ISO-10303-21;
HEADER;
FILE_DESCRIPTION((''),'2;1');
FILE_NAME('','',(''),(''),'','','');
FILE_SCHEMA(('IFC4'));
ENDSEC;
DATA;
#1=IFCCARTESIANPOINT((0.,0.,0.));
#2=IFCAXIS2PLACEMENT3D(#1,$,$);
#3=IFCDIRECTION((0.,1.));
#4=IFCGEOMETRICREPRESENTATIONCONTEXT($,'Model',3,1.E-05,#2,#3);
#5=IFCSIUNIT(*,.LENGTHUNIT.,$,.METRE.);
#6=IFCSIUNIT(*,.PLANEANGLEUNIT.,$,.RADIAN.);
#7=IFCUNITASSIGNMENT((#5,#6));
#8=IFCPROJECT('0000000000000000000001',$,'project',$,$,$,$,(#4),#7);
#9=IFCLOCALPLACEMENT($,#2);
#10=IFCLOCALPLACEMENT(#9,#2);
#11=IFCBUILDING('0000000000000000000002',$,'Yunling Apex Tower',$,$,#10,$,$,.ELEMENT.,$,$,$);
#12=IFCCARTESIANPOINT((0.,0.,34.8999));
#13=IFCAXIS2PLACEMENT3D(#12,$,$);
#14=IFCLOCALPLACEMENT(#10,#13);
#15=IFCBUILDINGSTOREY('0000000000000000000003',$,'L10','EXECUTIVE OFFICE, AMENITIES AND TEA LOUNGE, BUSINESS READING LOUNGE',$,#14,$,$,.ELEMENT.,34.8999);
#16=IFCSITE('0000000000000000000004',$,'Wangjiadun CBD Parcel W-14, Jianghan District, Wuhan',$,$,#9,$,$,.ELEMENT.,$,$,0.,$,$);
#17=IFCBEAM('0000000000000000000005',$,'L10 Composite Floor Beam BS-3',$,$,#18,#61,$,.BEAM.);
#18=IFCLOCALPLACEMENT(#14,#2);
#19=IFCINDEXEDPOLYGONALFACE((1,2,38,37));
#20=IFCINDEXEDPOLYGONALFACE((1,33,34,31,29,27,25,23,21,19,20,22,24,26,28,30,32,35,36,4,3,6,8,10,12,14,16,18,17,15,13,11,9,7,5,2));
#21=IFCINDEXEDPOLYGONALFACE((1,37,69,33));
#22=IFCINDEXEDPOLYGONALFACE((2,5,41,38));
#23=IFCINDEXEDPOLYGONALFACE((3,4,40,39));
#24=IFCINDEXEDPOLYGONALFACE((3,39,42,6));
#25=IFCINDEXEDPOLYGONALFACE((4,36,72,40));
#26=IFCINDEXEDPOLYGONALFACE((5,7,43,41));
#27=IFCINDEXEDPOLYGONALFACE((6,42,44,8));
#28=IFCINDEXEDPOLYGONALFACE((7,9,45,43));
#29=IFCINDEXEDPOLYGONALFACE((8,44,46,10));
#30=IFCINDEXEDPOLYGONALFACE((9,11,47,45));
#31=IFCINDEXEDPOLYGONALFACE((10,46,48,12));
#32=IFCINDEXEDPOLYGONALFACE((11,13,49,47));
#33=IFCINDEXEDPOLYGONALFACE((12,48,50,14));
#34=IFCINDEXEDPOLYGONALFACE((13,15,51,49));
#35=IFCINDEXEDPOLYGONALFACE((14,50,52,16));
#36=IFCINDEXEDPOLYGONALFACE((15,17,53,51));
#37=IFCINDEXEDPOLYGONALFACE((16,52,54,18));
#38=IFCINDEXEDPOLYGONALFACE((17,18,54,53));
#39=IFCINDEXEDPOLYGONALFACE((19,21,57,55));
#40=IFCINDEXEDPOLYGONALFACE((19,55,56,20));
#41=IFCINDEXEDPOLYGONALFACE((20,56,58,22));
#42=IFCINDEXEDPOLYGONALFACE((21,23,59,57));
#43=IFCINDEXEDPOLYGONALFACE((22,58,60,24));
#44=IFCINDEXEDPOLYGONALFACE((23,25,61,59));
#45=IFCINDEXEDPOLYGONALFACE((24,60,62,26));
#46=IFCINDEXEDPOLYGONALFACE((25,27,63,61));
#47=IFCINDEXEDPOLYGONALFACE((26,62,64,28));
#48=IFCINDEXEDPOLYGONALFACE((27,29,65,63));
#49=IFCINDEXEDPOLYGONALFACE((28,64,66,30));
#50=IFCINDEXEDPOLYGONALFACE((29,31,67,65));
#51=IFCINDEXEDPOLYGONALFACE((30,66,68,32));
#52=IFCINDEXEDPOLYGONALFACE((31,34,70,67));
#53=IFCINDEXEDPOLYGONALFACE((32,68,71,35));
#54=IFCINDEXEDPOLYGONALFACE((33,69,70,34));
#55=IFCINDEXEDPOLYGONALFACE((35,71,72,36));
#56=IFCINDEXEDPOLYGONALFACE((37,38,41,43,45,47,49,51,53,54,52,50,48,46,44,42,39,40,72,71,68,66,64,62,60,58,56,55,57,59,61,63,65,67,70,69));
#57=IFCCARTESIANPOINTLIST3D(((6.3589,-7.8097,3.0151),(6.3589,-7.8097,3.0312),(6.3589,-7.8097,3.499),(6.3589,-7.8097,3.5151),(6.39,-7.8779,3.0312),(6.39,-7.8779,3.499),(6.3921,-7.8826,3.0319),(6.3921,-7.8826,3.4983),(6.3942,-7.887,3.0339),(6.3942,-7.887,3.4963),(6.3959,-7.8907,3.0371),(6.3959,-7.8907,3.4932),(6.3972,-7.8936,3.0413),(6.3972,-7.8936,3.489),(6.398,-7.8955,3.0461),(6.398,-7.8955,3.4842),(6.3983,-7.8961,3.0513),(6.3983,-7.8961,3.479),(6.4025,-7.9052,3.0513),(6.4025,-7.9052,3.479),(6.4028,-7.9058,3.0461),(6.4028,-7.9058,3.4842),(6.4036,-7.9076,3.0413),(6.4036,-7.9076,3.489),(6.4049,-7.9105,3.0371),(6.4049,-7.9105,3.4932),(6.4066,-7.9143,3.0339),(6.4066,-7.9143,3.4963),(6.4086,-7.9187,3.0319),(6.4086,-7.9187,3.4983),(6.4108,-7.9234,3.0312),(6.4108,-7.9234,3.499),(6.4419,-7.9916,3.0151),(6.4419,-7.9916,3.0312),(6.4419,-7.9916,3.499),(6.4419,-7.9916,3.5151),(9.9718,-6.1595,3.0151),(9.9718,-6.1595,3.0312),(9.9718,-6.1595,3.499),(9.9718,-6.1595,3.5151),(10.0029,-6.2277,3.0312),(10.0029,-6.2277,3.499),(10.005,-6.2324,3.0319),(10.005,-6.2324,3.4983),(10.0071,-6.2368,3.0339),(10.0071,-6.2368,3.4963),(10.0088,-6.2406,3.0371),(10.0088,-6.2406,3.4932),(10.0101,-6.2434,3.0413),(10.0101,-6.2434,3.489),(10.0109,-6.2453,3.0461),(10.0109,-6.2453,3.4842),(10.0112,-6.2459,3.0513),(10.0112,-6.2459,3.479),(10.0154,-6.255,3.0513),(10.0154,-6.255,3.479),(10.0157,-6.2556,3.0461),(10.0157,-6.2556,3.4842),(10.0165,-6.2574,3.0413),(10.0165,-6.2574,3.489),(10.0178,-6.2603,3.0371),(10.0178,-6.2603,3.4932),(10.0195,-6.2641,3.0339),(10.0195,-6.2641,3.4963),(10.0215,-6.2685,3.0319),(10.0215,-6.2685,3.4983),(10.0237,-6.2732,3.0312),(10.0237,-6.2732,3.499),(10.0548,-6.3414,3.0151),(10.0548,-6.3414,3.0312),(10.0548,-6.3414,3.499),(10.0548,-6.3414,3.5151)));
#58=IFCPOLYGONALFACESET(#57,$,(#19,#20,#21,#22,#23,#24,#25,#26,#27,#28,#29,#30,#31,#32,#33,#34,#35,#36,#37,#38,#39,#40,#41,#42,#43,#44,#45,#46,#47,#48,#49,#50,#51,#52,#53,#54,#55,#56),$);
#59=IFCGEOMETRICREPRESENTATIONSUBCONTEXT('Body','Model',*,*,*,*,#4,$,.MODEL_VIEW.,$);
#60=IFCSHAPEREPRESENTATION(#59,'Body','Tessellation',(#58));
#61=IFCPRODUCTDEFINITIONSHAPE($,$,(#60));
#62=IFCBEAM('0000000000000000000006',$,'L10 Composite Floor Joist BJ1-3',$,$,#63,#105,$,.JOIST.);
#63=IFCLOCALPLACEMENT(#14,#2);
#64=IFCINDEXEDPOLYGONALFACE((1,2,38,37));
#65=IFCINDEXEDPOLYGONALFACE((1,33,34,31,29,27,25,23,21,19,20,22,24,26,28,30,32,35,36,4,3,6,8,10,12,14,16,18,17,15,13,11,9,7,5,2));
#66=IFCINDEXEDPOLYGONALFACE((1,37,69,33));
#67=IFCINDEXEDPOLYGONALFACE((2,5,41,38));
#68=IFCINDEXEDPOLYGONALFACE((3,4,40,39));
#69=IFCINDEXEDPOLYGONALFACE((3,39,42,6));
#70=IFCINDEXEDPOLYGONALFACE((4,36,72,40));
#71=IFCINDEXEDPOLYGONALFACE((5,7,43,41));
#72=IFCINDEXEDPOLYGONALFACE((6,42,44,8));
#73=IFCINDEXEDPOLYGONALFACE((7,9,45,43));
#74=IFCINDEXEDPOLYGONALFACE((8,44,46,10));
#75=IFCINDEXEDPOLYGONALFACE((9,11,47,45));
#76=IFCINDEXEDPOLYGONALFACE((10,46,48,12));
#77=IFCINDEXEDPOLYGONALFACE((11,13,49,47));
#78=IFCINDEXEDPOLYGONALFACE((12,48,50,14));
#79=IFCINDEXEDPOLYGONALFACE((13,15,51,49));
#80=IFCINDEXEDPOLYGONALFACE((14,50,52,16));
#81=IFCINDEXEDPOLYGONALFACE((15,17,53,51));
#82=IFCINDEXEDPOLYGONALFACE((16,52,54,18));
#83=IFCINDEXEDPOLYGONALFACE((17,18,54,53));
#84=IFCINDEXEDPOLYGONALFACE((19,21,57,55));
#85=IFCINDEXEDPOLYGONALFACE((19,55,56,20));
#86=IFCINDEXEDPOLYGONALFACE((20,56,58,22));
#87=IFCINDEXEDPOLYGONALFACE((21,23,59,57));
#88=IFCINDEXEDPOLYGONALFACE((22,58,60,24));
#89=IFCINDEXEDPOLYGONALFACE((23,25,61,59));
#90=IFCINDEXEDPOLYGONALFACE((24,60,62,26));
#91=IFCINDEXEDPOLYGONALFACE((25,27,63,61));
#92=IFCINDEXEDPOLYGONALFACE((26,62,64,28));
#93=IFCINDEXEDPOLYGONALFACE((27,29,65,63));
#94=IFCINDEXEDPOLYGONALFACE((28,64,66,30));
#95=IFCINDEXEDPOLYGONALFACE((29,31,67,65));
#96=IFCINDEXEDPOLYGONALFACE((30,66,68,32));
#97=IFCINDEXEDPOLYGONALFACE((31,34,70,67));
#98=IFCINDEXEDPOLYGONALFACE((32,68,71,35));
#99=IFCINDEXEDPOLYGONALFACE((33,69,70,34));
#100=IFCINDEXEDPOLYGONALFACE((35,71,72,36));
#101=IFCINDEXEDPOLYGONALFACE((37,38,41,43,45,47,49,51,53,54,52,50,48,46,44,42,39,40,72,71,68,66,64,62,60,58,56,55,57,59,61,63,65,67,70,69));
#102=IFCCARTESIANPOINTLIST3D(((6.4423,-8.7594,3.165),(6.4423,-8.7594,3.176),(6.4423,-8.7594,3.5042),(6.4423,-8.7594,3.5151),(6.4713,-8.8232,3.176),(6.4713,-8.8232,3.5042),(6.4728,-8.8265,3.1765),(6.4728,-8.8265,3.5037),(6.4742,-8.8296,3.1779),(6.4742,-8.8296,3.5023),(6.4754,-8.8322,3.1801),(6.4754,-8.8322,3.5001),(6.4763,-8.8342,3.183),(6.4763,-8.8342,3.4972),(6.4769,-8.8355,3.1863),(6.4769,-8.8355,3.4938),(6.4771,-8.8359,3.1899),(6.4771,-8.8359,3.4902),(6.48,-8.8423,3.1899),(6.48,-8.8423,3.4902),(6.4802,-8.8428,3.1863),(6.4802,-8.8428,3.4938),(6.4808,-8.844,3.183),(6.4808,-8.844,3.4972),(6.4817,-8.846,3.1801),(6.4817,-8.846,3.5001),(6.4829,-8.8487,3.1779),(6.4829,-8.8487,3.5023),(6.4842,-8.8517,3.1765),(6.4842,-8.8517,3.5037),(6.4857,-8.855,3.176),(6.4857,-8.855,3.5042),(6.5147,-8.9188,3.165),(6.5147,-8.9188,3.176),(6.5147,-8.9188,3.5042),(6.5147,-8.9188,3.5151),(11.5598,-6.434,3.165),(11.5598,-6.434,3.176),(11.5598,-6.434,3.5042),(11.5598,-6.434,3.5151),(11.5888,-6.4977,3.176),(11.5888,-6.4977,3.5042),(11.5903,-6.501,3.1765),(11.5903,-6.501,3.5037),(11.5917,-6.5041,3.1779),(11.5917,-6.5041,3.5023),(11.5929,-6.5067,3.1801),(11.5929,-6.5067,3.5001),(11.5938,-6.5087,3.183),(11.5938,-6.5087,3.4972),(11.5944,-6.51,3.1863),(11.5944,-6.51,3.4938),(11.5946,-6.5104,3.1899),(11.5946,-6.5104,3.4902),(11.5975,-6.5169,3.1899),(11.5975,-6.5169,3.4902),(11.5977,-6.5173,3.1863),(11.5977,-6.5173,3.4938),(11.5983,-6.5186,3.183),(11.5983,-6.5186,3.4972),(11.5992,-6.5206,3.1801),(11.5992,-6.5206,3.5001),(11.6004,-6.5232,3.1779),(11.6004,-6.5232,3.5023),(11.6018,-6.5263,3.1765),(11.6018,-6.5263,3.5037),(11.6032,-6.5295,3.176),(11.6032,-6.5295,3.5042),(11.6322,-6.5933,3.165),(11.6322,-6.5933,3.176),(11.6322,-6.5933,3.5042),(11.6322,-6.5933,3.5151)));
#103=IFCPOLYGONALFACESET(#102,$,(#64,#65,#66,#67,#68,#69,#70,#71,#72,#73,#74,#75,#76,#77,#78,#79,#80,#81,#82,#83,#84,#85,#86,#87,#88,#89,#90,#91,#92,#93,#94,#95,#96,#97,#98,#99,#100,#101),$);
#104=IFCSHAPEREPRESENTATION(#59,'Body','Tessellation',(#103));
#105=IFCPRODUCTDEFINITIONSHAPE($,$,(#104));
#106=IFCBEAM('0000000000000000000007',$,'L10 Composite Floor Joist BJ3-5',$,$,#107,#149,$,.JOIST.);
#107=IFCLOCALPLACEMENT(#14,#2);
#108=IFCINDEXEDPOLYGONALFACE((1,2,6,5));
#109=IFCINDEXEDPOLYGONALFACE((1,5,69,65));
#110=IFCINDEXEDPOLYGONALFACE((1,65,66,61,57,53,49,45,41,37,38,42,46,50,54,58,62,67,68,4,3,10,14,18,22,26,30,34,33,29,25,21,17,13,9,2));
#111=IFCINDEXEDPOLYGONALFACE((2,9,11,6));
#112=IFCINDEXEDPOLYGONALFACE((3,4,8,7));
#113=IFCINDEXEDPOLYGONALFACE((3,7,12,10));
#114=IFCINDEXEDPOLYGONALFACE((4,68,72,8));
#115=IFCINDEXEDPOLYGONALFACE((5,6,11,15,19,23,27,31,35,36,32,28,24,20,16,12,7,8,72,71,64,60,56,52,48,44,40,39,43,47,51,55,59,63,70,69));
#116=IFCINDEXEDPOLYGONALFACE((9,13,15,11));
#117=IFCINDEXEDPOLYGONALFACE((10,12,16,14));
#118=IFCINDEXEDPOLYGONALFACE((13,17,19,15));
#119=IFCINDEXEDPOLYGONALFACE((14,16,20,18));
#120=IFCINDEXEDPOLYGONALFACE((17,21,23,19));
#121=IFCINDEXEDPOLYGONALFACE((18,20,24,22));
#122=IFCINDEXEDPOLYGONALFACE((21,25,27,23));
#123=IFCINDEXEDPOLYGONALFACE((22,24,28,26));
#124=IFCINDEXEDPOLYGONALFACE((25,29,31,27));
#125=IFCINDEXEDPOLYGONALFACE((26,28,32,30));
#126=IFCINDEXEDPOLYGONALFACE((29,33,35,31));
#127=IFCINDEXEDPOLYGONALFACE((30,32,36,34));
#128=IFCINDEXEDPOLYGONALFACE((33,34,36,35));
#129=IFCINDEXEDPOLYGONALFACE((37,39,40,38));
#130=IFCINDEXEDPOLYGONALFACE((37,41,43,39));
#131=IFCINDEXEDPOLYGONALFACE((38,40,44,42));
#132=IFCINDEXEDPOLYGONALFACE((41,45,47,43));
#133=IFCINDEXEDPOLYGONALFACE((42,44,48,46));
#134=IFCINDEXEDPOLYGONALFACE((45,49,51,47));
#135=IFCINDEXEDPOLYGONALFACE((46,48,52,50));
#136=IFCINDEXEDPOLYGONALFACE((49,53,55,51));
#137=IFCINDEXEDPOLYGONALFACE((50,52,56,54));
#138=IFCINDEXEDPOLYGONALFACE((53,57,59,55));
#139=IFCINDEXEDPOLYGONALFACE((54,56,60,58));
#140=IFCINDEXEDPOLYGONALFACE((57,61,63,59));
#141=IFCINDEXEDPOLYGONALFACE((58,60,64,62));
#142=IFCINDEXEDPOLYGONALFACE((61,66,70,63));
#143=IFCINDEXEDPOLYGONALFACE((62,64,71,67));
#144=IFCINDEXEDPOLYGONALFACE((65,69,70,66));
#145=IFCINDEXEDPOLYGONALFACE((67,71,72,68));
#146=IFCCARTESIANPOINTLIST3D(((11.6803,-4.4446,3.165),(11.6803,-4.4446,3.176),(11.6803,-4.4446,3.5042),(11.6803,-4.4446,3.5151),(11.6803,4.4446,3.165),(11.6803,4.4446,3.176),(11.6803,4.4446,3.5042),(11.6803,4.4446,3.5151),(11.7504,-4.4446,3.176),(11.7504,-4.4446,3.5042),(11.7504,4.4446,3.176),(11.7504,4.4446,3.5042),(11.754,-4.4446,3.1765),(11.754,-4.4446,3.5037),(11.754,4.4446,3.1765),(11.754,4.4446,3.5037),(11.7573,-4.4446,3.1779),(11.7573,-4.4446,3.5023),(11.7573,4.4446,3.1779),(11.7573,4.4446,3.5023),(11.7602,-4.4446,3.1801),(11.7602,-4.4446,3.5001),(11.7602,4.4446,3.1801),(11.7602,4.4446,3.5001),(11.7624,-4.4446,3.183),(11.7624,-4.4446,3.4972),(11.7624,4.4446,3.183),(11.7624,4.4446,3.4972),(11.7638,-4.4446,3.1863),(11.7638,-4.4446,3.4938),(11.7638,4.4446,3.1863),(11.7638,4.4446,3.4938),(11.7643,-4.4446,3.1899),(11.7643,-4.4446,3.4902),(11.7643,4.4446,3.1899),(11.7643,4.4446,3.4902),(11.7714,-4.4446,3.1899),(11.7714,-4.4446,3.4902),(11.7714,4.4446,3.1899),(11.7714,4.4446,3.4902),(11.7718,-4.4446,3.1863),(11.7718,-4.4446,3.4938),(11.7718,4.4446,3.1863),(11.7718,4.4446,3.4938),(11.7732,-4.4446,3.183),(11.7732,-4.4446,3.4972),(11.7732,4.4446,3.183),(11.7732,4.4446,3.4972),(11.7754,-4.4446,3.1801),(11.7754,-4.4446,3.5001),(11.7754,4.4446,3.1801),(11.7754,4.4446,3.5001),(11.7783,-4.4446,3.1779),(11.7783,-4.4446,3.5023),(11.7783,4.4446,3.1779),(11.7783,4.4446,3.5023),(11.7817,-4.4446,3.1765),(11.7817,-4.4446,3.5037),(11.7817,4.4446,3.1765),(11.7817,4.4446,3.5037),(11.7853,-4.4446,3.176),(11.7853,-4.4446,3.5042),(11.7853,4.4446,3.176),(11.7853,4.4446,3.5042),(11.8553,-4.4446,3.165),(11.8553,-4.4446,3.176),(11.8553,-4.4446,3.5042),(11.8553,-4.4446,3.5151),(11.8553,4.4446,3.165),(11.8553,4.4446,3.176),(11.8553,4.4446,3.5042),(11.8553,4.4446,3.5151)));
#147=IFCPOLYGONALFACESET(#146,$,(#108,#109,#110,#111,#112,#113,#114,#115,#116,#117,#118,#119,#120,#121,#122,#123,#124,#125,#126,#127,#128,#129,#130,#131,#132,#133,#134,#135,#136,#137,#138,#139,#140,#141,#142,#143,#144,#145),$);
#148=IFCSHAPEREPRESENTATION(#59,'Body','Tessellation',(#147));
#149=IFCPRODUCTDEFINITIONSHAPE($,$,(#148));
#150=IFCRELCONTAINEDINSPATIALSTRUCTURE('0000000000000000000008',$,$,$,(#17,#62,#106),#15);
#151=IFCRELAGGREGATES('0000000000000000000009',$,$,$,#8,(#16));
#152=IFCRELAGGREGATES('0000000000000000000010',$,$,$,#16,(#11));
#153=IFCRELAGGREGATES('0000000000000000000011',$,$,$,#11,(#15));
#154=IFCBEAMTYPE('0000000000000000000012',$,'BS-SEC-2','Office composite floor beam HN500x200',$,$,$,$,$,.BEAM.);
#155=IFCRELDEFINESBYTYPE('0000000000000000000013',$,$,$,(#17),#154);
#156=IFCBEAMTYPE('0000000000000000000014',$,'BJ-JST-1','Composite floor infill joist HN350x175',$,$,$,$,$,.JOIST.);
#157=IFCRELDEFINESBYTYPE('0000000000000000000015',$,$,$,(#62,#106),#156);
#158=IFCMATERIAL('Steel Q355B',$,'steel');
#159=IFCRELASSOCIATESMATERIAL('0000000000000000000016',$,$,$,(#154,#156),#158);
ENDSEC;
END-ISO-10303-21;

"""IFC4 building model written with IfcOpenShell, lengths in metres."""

from ifc_helpers import new_model, si_unit, direction, frame, origin, origin_2d, place, context, subcontext, project, spatial, i_section, extrude, source, transform, mapped, material, material_profile, profile_set, type_object, element, save


model = new_model("IFC4")

# Units and contexts
model_context = context("Model", 3, precision=1e-05, world=origin(), true_north=direction((0.0, 1.0)))
body_context = subcontext(model_context, "Body", "Model", "MODEL_VIEW")
ifc_project = project(units=[si_unit("LENGTHUNIT", "METRE"), si_unit("PLANEANGLEUNIT", "RADIAN")], contexts=[model_context])

# Site, building, storey
site_placement = place(None, origin())
site = spatial("IfcSite", under=ifc_project, at=site_placement, Name="Wangjiadun CBD Parcel W-14, Jianghan District, Wuhan", CompositionType="ELEMENT", RefElevation=0.0)
building_placement = place(site_placement, origin())
building = spatial("IfcBuilding", under=site, at=building_placement, Name="Yunling Apex Tower", CompositionType="ELEMENT")
storey_placement = place(building_placement, frame((0.0, 0.0, 34.8999)))
storey = spatial("IfcBuildingStorey", under=building, at=storey_placement, Name="L10", Description="EXECUTIVE OFFICE, AMENITIES AND TEA LOUNGE, BUSINESS READING LOUNGE", CompositionType="ELEMENT", Elevation=34.8999)

# Beams
ifc_material_1 = material(Name="Steel Q355B", Category="steel")
ifc_material_profile_1 = material_profile(ifc_material_1, i_section(OverallWidth=0.2, OverallDepth=0.5, WebThickness=0.01, FlangeThickness=0.0161, FilletRadius=0.02, at=origin_2d()))
ifc_profile_set_1 = profile_set([ifc_material_profile_1], Name="Steel Q355B")
beam_type_1 = type_object("IfcBeamType", Name="BS-SEC-2", Description="Office composite floor beam HN500x200", PredefinedType="BEAM", material=ifc_profile_set_1)
shared_shape_1 = source(origin(), body_context, "Body", "SweptSolid", [
    extrude(i_section(OverallWidth=0.2, OverallDepth=0.5, WebThickness=0.01, FlangeThickness=0.0161, FilletRadius=0.02, at=origin_2d()), origin(), (0.0, 0.0, 1.0), 3.9719),
])
beam_1_placement = place(storey_placement, frame((6.4004, -7.9006, 3.2651), z_axis=(0.909609, 0.415465, 0.0), x_axis=(-0.415465, 0.909609, 0.0)))
element("IfcBeam", 1, at=beam_1_placement, inside=storey, type_object=beam_type_1, Name="L10 Composite Floor Beam BS-3", PredefinedType="BEAM", context=body_context, shape_type="MappedRepresentation", body=[
    mapped(shared_shape_1, transform((0.0, 0.0, 0.0), scale=1.0)),
])
ifc_material_profile_2 = material_profile(ifc_material_1, i_section(OverallWidth=0.175, OverallDepth=0.3501, WebThickness=0.0071, FlangeThickness=0.011, FilletRadius=0.0139, at=origin_2d()))
ifc_profile_set_2 = profile_set([ifc_material_profile_2], Name="Steel Q355B")
beam_type_2 = type_object("IfcBeamType", Name="BJ-JST-1", Description="Composite floor infill joist HN350x175", PredefinedType="JOIST", material=ifc_profile_set_2)
shared_shape_2 = source(origin(), body_context, "Body", "SweptSolid", [
    extrude(i_section(OverallWidth=0.175, OverallDepth=0.3501, WebThickness=0.0071, FlangeThickness=0.011, FilletRadius=0.0139, at=origin_2d()), origin(), (0.0, 0.0, 1.0), 5.6211),
])
beam_2_placement = place(storey_placement, frame((6.4785, -8.8391, 3.3401), z_axis=(0.910411, 0.413705, 0.0), x_axis=(-0.413705, 0.910411, 0.0)))
element("IfcBeam", 2, at=beam_2_placement, inside=storey, type_object=beam_type_2, Name="L10 Composite Floor Joist BJ1-3", PredefinedType="JOIST", context=body_context, shape_type="MappedRepresentation", body=[
    mapped(shared_shape_2, transform((0.0, 0.0, 0.0), scale=1.0)),
])
shared_shape_3 = source(origin(), body_context, "Body", "SweptSolid", [
    extrude(i_section(OverallWidth=0.175, OverallDepth=0.3501, WebThickness=0.0071, FlangeThickness=0.011, FilletRadius=0.0139, at=origin_2d()), origin(), (0.0, 0.0, 1.0), 8.8892),
])
beam_3_placement = place(storey_placement, frame((11.7678, -4.4446, 3.3401), z_axis=(0.0, 1.0, 0.0), x_axis=(-1.0, 0.0, 0.0)))
element("IfcBeam", 3, at=beam_3_placement, inside=storey, type_object=beam_type_2, Name="L10 Composite Floor Joist BJ3-5", PredefinedType="JOIST", context=body_context, shape_type="MappedRepresentation", body=[
    mapped(shared_shape_3, transform((0.0, 0.0, 0.0), scale=1.0)),
])

save(model, "model.ifc")
